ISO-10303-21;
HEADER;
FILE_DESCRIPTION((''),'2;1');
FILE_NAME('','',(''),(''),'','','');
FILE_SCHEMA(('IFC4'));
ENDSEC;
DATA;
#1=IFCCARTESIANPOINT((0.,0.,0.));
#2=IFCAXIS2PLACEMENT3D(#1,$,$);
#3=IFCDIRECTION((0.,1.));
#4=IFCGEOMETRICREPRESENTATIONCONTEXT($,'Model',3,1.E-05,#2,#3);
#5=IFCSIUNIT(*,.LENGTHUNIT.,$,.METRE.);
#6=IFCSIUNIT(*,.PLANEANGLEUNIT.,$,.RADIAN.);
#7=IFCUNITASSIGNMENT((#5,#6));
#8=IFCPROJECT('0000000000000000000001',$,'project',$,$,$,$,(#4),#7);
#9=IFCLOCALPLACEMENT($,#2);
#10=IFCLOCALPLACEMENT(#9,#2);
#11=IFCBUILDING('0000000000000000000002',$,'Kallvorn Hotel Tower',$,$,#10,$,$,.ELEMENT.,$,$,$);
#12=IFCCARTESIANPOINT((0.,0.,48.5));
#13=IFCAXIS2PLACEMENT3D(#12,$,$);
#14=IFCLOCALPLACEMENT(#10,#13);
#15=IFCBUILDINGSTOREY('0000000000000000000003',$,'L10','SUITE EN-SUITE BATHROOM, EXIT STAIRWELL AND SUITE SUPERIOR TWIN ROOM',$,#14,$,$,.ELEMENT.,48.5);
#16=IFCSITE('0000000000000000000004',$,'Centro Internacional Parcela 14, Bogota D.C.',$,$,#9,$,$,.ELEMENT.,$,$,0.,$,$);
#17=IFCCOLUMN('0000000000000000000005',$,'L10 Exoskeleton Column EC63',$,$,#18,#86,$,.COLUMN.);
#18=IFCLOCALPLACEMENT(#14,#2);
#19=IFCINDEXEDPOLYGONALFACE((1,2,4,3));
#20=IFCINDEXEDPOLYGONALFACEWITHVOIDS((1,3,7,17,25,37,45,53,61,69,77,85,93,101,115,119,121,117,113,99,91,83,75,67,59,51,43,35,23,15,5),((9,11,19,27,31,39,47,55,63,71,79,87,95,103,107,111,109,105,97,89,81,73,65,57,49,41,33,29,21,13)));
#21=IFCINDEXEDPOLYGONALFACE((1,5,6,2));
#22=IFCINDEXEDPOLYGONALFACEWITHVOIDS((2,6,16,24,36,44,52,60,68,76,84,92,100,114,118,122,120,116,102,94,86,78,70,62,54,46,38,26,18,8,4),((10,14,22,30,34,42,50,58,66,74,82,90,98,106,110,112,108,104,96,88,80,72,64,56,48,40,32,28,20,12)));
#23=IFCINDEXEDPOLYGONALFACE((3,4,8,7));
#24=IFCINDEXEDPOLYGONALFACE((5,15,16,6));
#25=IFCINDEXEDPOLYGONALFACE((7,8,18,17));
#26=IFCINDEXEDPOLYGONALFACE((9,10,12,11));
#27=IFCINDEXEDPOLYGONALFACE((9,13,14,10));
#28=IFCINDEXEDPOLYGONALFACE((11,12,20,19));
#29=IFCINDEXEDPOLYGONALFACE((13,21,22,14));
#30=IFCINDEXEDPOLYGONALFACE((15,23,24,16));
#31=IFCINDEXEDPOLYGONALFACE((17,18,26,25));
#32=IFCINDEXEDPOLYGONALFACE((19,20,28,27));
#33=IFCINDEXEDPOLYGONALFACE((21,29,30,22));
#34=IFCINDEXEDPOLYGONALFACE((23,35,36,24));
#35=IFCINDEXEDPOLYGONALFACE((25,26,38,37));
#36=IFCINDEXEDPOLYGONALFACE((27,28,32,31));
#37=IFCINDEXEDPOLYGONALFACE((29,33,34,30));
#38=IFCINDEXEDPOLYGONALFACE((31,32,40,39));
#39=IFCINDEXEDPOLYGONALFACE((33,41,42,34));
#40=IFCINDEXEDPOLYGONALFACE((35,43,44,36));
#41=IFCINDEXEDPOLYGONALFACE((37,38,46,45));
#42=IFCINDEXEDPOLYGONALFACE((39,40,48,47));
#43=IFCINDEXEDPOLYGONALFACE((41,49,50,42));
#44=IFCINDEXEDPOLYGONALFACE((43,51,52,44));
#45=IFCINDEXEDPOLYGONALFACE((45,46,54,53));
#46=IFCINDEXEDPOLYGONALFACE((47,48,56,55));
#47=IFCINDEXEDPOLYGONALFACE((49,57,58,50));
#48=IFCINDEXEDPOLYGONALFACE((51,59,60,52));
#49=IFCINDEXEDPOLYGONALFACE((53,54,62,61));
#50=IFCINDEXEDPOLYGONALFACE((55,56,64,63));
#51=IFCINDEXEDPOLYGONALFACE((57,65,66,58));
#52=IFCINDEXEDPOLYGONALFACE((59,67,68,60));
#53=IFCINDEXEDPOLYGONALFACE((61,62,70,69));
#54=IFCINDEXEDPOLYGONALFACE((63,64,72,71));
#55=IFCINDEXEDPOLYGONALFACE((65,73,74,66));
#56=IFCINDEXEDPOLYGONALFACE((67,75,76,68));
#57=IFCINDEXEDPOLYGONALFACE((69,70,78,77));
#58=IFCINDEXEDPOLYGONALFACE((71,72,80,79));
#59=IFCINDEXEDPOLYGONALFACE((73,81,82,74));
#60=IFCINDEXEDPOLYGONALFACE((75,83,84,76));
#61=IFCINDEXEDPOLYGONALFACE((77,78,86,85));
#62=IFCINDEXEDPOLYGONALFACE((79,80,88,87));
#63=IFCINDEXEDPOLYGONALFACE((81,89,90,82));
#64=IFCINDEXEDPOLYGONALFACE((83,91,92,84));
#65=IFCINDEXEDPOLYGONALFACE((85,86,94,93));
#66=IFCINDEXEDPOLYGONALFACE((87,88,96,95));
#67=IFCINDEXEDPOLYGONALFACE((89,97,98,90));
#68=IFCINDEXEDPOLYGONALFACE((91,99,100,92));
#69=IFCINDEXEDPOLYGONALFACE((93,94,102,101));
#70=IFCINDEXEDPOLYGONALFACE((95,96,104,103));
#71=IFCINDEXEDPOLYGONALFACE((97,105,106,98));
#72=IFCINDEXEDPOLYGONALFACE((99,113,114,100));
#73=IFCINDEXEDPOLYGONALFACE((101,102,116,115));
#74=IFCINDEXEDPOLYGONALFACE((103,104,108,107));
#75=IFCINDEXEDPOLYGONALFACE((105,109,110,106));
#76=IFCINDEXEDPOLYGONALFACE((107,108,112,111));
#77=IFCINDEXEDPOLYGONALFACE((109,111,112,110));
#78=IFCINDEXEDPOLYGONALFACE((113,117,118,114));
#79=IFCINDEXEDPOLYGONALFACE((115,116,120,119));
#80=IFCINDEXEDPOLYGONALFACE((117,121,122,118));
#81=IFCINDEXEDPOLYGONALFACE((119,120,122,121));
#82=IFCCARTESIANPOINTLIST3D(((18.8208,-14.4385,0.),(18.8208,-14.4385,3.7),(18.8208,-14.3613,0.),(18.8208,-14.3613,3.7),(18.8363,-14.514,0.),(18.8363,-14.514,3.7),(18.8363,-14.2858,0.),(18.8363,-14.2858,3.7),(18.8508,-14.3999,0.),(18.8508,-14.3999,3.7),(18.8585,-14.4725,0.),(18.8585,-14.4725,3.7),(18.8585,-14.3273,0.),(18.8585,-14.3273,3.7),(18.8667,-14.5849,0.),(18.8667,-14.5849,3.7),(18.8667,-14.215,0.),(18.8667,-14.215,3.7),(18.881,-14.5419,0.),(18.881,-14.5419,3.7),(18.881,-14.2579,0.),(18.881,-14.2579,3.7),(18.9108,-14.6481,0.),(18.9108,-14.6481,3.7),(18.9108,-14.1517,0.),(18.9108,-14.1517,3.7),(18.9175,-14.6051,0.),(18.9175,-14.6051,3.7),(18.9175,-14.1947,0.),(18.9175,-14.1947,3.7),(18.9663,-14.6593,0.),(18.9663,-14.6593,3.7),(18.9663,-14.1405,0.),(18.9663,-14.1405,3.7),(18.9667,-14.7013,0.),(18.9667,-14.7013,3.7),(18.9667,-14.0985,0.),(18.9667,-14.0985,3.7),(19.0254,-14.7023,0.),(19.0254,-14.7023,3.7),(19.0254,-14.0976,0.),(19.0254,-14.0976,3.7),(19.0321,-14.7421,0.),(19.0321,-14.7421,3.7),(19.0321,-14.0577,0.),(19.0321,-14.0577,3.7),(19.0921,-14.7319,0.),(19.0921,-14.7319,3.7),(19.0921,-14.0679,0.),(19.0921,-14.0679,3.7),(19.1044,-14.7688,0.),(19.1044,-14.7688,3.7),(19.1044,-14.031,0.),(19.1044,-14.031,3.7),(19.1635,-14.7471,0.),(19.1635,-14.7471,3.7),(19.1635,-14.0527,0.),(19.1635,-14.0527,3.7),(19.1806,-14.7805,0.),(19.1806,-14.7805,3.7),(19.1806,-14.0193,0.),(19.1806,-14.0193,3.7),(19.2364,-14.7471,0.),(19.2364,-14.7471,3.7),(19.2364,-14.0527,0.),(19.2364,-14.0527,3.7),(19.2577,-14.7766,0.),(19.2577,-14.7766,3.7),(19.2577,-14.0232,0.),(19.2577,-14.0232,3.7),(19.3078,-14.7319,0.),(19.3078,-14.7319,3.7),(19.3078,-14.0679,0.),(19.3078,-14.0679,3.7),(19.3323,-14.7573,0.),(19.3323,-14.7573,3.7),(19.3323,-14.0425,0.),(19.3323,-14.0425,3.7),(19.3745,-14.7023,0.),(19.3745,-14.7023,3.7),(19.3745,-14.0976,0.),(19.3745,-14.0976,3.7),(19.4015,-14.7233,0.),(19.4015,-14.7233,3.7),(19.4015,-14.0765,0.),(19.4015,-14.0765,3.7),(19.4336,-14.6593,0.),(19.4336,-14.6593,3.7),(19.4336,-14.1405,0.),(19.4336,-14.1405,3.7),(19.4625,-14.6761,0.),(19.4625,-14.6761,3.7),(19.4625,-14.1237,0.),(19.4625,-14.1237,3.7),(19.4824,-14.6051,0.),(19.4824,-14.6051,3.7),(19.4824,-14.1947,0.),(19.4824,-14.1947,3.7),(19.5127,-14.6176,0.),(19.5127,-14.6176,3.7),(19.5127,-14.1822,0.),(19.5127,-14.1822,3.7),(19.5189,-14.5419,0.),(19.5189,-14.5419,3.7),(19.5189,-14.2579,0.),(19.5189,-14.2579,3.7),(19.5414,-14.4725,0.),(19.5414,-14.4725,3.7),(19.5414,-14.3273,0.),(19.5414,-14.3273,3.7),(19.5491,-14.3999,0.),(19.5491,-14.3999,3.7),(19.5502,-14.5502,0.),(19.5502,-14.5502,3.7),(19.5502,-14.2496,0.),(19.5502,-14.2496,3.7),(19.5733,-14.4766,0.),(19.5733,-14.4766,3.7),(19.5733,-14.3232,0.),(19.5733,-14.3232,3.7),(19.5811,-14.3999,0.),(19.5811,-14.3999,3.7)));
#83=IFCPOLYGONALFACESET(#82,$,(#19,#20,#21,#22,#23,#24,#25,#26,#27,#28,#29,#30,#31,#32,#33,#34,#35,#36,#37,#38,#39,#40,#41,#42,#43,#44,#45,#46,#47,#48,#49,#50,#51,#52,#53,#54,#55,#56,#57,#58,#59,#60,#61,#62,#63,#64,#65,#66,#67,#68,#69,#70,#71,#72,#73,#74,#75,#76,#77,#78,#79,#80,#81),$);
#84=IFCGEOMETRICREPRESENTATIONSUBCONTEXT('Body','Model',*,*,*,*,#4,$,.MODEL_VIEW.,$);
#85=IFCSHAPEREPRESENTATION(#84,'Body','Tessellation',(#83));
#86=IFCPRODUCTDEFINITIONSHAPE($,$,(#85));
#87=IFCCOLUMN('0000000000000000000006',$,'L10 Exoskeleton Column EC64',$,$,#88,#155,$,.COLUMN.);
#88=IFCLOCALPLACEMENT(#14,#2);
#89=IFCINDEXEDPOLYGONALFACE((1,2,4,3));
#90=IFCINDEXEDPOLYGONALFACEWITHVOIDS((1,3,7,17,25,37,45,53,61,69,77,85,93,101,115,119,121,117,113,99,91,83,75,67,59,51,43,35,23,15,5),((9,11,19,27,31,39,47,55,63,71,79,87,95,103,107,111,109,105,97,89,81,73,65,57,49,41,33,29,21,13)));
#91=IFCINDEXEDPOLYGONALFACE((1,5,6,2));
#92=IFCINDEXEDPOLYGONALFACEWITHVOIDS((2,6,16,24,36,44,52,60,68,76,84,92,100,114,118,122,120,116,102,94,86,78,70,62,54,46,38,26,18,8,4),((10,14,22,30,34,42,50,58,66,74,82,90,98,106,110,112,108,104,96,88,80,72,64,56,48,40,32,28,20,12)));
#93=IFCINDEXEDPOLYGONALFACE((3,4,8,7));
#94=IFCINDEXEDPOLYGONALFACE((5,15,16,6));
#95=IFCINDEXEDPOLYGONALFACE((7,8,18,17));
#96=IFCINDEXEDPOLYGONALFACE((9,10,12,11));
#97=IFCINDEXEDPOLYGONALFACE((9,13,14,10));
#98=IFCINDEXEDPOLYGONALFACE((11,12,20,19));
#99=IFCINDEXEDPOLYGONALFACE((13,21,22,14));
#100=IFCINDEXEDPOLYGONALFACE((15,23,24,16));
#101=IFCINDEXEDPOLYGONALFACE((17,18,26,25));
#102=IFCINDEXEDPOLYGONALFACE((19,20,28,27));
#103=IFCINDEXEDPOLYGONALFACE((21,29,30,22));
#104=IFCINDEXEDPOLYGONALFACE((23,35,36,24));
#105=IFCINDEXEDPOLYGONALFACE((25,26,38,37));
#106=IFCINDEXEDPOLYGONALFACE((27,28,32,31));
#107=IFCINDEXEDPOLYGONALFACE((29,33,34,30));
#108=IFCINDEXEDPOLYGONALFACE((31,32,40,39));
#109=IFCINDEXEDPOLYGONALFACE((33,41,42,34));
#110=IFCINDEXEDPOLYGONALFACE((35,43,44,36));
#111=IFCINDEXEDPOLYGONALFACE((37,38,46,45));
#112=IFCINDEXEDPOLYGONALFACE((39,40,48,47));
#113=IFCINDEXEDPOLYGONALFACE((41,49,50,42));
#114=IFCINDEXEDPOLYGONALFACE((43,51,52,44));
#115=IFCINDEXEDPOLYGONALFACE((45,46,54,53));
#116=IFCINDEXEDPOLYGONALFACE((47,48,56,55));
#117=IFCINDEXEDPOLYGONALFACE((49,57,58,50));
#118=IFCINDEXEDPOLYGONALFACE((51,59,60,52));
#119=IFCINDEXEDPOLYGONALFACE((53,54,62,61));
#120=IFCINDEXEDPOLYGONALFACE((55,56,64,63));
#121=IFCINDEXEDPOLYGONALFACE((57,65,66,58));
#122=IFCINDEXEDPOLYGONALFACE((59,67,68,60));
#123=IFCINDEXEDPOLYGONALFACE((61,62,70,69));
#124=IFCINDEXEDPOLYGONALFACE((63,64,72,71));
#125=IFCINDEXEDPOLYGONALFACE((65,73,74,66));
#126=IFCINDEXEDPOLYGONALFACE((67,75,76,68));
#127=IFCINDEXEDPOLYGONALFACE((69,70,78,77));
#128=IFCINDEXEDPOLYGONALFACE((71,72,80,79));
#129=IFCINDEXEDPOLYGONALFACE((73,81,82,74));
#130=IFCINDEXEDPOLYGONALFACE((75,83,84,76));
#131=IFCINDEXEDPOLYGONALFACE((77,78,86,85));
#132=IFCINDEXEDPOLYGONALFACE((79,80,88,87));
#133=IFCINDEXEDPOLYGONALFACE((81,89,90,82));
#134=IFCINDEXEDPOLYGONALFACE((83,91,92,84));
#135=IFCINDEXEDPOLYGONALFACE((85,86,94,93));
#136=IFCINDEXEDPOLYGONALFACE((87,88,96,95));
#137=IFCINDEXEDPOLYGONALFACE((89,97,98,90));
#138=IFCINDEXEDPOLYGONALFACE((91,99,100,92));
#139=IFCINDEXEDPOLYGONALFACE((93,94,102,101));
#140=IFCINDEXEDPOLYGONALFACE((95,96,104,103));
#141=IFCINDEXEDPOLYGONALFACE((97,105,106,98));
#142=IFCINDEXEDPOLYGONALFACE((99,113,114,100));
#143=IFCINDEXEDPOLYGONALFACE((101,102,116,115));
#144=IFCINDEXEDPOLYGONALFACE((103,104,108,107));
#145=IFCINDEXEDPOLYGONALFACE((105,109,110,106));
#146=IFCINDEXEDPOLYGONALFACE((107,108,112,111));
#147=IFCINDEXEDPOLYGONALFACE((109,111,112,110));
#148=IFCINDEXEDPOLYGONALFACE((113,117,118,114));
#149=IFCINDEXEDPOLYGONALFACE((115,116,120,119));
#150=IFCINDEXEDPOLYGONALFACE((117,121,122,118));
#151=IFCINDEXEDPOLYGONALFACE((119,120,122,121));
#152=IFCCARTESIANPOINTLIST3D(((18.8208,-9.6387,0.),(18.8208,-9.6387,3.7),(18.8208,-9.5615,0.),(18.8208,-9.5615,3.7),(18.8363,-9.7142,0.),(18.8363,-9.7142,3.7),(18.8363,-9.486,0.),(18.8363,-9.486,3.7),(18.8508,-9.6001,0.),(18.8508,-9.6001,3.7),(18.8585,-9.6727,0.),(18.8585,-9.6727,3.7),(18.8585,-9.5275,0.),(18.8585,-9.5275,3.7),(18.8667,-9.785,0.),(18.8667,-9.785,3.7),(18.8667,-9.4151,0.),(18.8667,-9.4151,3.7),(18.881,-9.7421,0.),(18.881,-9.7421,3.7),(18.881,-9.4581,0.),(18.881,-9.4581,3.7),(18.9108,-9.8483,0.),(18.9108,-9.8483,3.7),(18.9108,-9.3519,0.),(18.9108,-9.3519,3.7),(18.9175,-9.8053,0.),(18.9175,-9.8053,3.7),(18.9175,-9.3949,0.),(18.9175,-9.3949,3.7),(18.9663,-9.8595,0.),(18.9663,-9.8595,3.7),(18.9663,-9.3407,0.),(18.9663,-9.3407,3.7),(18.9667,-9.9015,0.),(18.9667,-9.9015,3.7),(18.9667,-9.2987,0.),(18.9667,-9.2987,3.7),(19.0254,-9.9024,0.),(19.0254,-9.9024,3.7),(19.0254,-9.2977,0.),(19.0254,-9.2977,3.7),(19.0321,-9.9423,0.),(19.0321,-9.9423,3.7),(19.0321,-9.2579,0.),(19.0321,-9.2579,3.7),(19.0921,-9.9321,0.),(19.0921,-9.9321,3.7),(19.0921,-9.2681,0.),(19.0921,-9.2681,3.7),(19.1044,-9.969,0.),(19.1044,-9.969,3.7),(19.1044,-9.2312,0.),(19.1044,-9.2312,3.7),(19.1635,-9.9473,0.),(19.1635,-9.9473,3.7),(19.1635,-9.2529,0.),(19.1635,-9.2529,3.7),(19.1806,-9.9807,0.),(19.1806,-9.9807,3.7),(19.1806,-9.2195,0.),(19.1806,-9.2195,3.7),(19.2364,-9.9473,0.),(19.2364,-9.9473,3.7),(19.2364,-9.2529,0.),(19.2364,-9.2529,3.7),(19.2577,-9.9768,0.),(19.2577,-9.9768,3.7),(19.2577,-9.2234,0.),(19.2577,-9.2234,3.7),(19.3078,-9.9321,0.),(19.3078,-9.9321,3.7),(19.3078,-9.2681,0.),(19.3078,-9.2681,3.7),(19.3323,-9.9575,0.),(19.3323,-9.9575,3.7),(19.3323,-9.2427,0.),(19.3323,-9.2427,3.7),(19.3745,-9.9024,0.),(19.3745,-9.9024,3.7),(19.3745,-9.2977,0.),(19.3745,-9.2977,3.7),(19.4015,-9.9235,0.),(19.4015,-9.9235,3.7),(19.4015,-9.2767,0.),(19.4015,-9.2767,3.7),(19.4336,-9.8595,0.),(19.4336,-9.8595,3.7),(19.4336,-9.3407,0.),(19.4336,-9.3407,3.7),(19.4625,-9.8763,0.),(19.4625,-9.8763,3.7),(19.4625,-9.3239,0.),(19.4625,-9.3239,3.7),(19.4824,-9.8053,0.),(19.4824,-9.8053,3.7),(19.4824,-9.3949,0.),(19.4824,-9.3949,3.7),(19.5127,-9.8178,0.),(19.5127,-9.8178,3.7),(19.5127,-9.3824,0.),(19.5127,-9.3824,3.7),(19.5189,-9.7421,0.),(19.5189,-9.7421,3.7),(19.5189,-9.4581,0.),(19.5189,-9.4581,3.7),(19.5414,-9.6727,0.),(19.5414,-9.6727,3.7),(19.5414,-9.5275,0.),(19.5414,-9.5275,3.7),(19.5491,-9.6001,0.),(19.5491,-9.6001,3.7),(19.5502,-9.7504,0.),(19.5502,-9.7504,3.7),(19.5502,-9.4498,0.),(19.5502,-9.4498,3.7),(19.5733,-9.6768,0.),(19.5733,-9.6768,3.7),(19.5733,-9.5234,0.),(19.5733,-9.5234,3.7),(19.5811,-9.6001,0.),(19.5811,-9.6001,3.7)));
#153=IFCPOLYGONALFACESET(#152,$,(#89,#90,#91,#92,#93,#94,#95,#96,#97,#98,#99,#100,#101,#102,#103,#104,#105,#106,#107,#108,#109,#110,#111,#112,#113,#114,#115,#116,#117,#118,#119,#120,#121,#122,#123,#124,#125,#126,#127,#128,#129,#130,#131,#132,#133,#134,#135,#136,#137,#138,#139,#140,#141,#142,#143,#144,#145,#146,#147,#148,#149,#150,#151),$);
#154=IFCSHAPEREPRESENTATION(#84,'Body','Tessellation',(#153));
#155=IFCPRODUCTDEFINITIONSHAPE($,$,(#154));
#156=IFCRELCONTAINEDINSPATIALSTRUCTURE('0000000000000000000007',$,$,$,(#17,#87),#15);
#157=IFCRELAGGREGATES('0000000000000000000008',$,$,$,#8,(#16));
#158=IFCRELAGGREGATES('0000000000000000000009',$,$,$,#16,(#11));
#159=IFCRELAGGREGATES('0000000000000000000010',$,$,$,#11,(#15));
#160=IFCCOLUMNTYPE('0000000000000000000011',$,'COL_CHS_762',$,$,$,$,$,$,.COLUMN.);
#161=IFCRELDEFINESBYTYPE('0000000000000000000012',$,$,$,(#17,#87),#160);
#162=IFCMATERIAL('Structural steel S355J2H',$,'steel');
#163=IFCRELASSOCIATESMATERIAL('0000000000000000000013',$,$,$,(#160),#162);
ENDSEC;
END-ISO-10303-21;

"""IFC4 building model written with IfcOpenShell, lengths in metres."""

from ifc_helpers import new_model, si_unit, direction, frame, origin, origin_2d, place, context, subcontext, project, spatial, hollow_circle, extrude, material, material_profile, profile_set, type_object, element, save


model = new_model("IFC4")

# Units and contexts
model_context = context("Model", 3, precision=1e-05, world=origin(), true_north=direction((0.0, 1.0)))
body_context = subcontext(model_context, "Body", "Model", "MODEL_VIEW")
ifc_project = project(units=[si_unit("LENGTHUNIT", "METRE"), si_unit("PLANEANGLEUNIT", "RADIAN")], contexts=[model_context])

# Site, building, storey
site_placement = place(None, origin())
site = spatial("IfcSite", under=ifc_project, at=site_placement, Name="Centro Internacional Parcela 14, Bogota D.C.", CompositionType="ELEMENT", RefElevation=0.0)
building_placement = place(site_placement, origin())
building = spatial("IfcBuilding", under=site, at=building_placement, Name="Kallvorn Hotel Tower", CompositionType="ELEMENT")
storey_placement = place(building_placement, frame((0.0, 0.0, 48.5)))
storey = spatial("IfcBuildingStorey", under=building, at=storey_placement, Name="L10", Description="SUITE EN-SUITE BATHROOM, EXIT STAIRWELL AND SUITE SUPERIOR TWIN ROOM", CompositionType="ELEMENT", Elevation=48.5)

# Columns
ifc_material_1 = material(Name="Structural steel S355J2H", Category="steel")
ifc_material_profile_1 = material_profile(ifc_material_1, hollow_circle(Radius=0.3811, WallThickness=0.032, at=origin_2d()), Name="CHS 762x32")
ifc_profile_set_1 = profile_set([ifc_material_profile_1], Name="Structural steel S355J2H")
column_type_1 = type_object("IfcColumnType", Name="COL_CHS_762", PredefinedType="COLUMN", material=ifc_profile_set_1)
for number, where, z_axis, x_axis, name in (
    (1, (19.2, -14.3999, 0.0), (0.0, 0.0, 1.0), (1.0, 0.0, 0.0), "L10 Exoskeleton Column EC63"),
    (2, (19.2, -9.6001, 0.0), (0.0, 0.0, 1.0), (1.0, 0.0, 0.0), "L10 Exoskeleton Column EC64"),
):
    element("IfcColumn", number, at=place(storey_placement, frame(where, z_axis=z_axis, x_axis=x_axis)), inside=storey, type_object=column_type_1, Name=name, PredefinedType="COLUMN", context=body_context, shape_type="SweptSolid", body=[
        extrude(hollow_circle(Radius=0.3811, WallThickness=0.032, at=origin_2d()), origin(), (0.0, 0.0, 1.0), 3.7),
    ])

save(model, "model.ifc")
